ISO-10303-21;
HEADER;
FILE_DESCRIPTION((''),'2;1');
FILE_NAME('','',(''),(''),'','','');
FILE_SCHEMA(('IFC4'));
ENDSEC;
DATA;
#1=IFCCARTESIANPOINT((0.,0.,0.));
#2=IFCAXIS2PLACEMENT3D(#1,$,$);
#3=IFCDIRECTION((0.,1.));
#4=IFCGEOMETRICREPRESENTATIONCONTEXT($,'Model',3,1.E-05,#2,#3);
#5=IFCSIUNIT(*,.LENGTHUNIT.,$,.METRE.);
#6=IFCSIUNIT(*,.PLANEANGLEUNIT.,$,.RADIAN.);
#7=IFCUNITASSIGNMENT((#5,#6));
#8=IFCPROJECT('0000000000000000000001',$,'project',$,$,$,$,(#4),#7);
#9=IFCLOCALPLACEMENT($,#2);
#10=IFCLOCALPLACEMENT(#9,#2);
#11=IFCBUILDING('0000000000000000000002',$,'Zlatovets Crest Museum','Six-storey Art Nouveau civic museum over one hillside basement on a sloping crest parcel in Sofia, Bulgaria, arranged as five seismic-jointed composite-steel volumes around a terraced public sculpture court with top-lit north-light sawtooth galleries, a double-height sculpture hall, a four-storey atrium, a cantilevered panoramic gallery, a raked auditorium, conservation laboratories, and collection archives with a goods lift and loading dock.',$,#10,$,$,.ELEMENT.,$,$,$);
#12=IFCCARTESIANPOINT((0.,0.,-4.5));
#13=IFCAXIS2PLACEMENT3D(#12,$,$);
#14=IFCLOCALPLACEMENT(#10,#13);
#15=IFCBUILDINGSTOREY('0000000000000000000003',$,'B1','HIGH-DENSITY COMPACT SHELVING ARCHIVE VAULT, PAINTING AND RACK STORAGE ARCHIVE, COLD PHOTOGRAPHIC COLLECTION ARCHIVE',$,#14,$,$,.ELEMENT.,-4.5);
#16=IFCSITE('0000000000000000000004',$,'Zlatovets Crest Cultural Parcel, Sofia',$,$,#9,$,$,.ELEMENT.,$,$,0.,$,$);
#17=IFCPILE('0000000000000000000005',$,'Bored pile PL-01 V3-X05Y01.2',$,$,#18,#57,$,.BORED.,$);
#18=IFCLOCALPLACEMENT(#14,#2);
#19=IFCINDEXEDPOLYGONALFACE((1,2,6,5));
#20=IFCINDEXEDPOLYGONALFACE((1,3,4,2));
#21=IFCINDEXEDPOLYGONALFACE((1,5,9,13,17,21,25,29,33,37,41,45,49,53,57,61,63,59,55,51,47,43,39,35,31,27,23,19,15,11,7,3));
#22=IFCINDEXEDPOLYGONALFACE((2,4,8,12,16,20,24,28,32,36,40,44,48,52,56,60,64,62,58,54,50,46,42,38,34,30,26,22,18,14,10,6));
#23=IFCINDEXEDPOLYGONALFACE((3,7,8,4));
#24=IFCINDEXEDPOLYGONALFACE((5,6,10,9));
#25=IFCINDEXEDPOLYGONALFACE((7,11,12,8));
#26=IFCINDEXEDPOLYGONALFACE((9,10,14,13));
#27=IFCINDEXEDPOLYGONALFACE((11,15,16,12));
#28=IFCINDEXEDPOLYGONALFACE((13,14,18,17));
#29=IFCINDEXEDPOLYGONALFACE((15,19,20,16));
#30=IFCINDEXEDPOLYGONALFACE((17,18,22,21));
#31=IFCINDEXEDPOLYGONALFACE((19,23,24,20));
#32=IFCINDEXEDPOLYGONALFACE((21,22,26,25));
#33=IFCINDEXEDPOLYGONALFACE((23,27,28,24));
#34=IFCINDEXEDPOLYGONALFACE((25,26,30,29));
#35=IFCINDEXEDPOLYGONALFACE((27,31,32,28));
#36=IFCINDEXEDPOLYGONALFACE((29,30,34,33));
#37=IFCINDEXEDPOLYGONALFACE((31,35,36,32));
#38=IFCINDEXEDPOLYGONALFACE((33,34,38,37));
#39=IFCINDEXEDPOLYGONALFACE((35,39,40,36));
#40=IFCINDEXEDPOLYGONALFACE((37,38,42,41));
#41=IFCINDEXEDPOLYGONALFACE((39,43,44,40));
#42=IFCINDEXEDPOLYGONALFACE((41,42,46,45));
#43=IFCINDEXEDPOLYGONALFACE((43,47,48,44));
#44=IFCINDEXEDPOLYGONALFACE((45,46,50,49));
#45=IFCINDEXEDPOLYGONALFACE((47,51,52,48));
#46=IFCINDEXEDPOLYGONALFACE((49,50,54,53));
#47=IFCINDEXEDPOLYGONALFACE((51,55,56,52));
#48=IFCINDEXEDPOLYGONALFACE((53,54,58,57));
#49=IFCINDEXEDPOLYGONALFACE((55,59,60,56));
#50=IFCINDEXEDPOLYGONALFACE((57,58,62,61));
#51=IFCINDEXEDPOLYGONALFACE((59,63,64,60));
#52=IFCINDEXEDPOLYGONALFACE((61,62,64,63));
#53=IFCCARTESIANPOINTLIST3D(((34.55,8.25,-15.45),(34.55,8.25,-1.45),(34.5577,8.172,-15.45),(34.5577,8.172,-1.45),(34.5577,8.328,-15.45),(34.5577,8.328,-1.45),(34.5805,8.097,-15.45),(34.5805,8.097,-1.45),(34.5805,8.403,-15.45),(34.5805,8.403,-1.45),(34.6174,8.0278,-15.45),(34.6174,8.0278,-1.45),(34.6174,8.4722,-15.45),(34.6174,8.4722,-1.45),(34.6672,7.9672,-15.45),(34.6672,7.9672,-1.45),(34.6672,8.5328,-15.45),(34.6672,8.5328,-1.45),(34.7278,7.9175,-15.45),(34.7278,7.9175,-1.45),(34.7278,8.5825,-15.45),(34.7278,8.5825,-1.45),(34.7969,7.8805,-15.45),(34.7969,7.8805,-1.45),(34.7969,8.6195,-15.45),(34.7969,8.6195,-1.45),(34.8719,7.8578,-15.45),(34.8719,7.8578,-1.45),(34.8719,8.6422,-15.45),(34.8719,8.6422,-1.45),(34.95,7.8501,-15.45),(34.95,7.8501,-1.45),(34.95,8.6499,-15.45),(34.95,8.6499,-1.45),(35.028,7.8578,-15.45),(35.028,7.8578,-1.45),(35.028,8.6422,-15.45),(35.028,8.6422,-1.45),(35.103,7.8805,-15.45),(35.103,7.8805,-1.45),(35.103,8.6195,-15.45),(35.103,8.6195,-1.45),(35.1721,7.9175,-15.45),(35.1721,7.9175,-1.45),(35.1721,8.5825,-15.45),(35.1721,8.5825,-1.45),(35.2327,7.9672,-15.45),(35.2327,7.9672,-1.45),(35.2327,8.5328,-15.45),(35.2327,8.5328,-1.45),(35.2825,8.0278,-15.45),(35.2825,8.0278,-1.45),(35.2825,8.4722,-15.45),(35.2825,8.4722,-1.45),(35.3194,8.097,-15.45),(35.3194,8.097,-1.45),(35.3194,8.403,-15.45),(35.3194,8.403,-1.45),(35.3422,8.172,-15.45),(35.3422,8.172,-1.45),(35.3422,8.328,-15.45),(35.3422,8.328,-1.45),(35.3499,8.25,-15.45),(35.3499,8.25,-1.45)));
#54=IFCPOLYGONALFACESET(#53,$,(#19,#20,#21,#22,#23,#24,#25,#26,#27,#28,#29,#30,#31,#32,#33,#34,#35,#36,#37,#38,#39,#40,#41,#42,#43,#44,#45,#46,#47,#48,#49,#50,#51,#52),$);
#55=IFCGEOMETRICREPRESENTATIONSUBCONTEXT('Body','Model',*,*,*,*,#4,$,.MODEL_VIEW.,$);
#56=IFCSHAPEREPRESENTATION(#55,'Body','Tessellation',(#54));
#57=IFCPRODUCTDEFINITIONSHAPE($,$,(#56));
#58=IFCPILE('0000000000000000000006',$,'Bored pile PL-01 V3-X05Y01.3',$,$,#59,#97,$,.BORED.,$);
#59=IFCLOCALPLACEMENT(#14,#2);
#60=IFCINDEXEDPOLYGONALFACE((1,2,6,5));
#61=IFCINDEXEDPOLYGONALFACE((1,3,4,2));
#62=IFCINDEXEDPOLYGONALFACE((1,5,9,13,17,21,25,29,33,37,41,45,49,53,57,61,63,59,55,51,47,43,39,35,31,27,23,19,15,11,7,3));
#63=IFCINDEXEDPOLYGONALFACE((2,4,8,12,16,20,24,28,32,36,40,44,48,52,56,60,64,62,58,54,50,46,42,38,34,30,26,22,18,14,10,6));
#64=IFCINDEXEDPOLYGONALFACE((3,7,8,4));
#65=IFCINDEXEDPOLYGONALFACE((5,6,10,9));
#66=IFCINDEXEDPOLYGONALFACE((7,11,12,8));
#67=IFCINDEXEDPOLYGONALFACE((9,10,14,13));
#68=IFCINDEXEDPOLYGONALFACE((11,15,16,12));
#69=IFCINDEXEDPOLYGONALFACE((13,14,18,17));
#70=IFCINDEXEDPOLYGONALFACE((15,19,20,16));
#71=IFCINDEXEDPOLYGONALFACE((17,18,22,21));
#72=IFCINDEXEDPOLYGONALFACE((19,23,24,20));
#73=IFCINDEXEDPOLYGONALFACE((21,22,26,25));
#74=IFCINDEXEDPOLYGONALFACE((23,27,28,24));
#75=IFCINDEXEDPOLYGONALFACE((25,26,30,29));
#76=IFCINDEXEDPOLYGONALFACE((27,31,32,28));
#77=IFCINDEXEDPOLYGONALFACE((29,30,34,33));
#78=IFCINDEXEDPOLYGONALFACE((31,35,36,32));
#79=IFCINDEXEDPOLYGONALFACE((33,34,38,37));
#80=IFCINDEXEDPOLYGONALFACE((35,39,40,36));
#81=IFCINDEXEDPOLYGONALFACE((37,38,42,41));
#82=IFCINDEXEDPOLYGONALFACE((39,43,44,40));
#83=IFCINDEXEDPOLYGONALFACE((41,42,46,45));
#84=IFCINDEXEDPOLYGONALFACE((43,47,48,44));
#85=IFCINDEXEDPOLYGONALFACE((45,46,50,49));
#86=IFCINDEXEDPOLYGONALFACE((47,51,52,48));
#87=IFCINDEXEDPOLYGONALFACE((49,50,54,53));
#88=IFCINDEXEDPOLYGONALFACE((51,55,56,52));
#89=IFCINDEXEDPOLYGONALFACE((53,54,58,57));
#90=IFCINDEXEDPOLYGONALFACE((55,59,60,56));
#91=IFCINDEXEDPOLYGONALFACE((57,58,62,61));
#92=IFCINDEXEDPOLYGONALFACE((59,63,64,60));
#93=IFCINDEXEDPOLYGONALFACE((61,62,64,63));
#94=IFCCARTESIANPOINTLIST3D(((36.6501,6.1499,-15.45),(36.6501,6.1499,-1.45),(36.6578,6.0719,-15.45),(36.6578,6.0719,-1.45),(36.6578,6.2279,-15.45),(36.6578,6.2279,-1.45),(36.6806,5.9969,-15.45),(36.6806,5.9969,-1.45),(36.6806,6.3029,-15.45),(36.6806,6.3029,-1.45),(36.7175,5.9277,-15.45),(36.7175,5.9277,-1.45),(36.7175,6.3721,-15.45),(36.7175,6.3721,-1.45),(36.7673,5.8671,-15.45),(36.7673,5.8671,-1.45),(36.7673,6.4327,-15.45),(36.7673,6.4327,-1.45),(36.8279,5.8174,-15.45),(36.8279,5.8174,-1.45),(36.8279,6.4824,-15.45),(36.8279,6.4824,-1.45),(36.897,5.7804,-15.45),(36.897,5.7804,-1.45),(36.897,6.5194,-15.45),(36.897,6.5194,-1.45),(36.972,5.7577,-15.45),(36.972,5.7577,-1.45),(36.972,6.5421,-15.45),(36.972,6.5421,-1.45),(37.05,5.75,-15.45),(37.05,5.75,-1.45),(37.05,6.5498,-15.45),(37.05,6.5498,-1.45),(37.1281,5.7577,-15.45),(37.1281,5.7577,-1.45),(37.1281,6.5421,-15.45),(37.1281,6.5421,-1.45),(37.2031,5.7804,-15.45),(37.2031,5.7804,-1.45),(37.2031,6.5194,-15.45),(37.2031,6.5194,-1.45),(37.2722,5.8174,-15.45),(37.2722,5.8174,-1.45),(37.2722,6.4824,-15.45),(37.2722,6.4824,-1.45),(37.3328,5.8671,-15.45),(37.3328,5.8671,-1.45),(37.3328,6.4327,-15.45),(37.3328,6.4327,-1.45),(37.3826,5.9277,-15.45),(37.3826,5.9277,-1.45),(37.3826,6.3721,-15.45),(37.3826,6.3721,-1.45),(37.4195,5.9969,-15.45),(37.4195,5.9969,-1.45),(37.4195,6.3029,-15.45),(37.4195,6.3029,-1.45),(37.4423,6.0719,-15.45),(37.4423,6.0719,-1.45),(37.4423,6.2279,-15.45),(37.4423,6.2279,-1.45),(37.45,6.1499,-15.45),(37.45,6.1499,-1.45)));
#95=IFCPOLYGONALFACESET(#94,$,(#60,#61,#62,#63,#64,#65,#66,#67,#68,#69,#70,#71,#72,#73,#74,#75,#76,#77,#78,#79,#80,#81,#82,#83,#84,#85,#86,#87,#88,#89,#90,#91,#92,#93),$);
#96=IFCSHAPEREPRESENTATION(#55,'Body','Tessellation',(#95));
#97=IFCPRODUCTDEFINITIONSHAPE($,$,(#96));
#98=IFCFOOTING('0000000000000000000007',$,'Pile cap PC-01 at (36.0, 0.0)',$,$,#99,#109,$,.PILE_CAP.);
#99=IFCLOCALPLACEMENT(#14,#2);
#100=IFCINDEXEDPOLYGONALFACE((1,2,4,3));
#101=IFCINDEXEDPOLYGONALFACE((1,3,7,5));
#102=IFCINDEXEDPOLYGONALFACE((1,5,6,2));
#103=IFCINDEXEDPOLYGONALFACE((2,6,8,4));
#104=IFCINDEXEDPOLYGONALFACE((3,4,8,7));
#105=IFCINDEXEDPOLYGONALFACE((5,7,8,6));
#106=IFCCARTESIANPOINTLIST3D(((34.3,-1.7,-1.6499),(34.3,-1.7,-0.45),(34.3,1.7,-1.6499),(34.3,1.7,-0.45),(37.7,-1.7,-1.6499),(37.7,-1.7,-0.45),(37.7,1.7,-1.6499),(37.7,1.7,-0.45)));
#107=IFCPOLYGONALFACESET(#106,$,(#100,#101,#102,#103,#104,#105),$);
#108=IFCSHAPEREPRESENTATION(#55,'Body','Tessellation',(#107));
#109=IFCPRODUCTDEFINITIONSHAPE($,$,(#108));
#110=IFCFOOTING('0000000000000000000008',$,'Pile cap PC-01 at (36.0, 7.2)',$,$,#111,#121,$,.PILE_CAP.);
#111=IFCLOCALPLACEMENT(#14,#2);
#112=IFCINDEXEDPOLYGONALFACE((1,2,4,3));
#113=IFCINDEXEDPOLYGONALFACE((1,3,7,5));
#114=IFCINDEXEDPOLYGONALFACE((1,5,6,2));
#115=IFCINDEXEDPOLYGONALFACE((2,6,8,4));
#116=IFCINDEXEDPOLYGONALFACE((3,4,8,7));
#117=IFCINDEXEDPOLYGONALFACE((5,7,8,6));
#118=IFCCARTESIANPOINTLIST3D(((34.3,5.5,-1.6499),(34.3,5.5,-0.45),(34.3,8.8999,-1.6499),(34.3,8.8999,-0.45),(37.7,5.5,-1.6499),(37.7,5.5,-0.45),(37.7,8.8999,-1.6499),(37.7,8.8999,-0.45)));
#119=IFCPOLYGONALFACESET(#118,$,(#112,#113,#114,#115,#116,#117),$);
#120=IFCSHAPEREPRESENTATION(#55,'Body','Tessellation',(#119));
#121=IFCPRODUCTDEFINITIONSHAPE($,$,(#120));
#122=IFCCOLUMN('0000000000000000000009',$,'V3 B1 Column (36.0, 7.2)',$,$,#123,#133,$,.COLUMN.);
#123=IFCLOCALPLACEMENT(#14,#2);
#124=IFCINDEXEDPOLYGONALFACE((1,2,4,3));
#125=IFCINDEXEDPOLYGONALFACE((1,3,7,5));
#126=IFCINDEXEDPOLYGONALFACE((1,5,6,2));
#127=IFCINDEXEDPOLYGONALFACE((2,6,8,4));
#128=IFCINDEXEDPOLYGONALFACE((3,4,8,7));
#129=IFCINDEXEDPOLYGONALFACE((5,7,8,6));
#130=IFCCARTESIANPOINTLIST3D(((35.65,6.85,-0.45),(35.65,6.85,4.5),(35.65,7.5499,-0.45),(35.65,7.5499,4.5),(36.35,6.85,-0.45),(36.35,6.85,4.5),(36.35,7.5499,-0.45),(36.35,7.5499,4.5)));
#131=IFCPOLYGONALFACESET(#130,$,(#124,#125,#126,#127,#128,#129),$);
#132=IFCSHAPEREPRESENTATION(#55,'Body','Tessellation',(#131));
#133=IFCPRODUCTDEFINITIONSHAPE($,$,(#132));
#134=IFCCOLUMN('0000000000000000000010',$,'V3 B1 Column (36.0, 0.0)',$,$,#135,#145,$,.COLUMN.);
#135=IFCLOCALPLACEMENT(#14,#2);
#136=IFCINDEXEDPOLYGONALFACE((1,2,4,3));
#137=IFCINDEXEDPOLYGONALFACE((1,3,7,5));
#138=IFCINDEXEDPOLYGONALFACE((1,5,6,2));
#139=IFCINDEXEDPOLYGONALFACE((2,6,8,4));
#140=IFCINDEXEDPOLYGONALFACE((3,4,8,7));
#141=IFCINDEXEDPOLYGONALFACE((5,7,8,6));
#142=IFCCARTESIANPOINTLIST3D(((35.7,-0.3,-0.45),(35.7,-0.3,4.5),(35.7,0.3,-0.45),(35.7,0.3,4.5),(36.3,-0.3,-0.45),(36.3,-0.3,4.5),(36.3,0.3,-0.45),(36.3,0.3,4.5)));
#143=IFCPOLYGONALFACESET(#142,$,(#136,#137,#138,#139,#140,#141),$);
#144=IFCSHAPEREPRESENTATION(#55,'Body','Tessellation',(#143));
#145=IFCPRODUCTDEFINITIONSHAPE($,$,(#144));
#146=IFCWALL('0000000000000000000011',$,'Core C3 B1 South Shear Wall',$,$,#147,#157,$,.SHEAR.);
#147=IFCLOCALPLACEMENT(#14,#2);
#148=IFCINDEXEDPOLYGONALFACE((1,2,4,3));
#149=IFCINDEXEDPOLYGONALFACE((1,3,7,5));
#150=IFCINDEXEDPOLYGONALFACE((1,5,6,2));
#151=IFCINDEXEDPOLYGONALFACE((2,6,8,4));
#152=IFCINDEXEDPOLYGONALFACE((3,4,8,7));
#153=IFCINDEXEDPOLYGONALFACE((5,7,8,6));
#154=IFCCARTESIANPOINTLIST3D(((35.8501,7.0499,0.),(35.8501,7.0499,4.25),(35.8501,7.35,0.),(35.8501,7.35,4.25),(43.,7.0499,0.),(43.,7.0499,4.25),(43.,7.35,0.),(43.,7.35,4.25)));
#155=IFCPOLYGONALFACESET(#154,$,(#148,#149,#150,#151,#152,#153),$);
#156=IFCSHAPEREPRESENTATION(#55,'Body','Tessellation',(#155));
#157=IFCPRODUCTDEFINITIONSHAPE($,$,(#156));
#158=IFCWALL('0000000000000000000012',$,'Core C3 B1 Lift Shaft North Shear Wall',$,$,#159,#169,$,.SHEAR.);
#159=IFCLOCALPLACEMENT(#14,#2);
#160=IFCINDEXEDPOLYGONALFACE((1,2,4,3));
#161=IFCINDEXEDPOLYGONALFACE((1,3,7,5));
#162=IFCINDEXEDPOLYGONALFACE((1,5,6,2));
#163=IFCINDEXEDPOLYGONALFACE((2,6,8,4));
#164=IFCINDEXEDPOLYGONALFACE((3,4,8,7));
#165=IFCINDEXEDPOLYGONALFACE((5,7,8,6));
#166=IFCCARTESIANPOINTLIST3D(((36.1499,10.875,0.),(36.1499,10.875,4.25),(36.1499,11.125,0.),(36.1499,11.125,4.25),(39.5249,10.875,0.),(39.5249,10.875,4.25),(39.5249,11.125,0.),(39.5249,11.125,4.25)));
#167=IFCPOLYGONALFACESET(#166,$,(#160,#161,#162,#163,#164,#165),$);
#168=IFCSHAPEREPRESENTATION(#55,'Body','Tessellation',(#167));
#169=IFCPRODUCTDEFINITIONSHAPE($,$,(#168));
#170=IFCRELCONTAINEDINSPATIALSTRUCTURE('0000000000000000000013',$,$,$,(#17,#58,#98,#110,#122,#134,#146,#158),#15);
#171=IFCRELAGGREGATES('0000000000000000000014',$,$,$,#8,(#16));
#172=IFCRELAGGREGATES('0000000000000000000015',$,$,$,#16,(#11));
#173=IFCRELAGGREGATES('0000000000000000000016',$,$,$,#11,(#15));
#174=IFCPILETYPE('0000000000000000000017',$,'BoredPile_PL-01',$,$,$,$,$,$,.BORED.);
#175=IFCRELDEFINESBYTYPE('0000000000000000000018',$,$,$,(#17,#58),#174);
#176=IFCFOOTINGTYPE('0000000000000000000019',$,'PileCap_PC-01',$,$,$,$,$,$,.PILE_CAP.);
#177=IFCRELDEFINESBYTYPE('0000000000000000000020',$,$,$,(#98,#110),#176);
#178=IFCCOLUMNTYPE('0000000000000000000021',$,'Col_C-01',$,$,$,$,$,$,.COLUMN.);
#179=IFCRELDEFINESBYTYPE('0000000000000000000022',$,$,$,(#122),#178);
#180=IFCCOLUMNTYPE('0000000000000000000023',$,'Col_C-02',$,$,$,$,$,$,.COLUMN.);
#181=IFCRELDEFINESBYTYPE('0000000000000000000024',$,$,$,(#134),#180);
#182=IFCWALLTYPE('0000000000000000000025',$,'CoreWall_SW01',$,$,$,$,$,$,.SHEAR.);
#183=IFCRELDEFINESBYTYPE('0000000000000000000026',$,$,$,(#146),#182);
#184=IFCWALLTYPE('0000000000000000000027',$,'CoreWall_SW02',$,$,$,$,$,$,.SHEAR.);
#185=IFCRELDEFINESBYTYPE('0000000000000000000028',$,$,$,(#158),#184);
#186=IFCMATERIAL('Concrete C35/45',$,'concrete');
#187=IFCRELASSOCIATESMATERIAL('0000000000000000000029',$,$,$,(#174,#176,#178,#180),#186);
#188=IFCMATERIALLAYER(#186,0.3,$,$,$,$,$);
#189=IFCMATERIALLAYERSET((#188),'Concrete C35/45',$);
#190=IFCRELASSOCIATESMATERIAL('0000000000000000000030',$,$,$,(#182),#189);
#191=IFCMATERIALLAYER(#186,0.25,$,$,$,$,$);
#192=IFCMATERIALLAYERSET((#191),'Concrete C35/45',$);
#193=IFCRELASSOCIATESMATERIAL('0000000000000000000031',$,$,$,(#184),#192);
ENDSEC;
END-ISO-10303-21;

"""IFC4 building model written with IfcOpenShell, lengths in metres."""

from ifc_helpers import new_model, si_unit, direction, frame, frame_2d, origin, origin_2d, place, context, subcontext, project, spatial, rectangle, circle, extrude, material, layer, layer_set, material_profile, profile_set, type_object, element, save


model = new_model("IFC4")

# Units and contexts
model_context = context("Model", 3, precision=1e-05, world=origin(), true_north=direction((0.0, 1.0)))
body_context = subcontext(model_context, "Body", "Model", "MODEL_VIEW")
ifc_project = project(units=[si_unit("LENGTHUNIT", "METRE"), si_unit("PLANEANGLEUNIT", "RADIAN")], contexts=[model_context])

# Site, building, storey
site_placement = place(None, origin())
site = spatial("IfcSite", under=ifc_project, at=site_placement, Name="Zlatovets Crest Cultural Parcel, Sofia", CompositionType="ELEMENT", RefElevation=0.0)
building_placement = place(site_placement, origin())
building = spatial("IfcBuilding", under=site, at=building_placement, Name="Zlatovets Crest Museum", Description="Six-storey Art Nouveau civic museum over one hillside basement on a sloping crest parcel in Sofia, Bulgaria, arranged as five seismic-jointed composite-steel volumes around a terraced public sculpture court with top-lit north-light sawtooth galleries, a double-height sculpture hall, a four-storey atrium, a cantilevered panoramic gallery, a raked auditorium, conservation laboratories, and collection archives with a goods lift and loading dock.", CompositionType="ELEMENT")
storey_placement = place(building_placement, frame((0.0, 0.0, -4.5)))
storey = spatial("IfcBuildingStorey", under=building, at=storey_placement, Name="B1", Description="HIGH-DENSITY COMPACT SHELVING ARCHIVE VAULT, PAINTING AND RACK STORAGE ARCHIVE, COLD PHOTOGRAPHIC COLLECTION ARCHIVE", CompositionType="ELEMENT", Elevation=-4.5)

# Piles
ifc_material_1 = material(Name="Concrete C35/45", Category="concrete")
ifc_material_profile_1 = material_profile(ifc_material_1, circle(Radius=0.3999, at=origin_2d()), Name="PILE D800")
ifc_profile_set_1 = profile_set([ifc_material_profile_1], Name="Concrete C35/45")
pile_type = type_object("IfcPileType", Name="BoredPile_PL-01", PredefinedType="BORED", material=ifc_profile_set_1)
for number, where, z_axis, x_axis, name in (
    (1, (34.95, 8.25, -1.45), (0.0, 0.0, -1.0), (1.0, 0.0, 0.0), "Bored pile PL-01 V3-X05Y01.2"),
    (2, (37.05, 6.1499, -1.45), (0.0, 0.0, -1.0), (1.0, 0.0, 0.0), "Bored pile PL-01 V3-X05Y01.3"),
):
    element("IfcPile", number, at=place(storey_placement, frame(where, z_axis=z_axis, x_axis=x_axis)), inside=storey, type_object=pile_type, Name=name, PredefinedType="BORED", context=body_context, shape_type="SweptSolid", body=[
        extrude(circle(Radius=0.3999, at=origin_2d()), origin(), (0.0, 0.0, 1.0), 14.0),
    ])

# Footings
footing_type = type_object("IfcFootingType", Name="PileCap_PC-01", PredefinedType="PILE_CAP", material=ifc_material_1)
for number, where, z_axis, x_axis, name in (
    (3, (36.0, 0.0, -1.6499), (0.0, 0.0, 1.0), (1.0, 0.0, 0.0), "Pile cap PC-01 at (36.0, 0.0)"),
    (4, (36.0, 7.2, -1.6499), (0.0, 0.0, 1.0), (1.0, 0.0, 0.0), "Pile cap PC-01 at (36.0, 7.2)"),
):
    element("IfcFooting", number, at=place(storey_placement, frame(where, z_axis=z_axis, x_axis=x_axis)), inside=storey, type_object=footing_type, Name=name, PredefinedType="PILE_CAP", context=body_context, shape_type="SweptSolid", body=[
        extrude(rectangle(XDim=3.3999, YDim=3.3999, at=origin_2d()), origin(), (0.0, 0.0, 1.0), 1.2),
    ])

# Columns
ifc_material_profile_2 = material_profile(ifc_material_1, rectangle(XDim=0.7, YDim=0.7, at=origin_2d()), Name="RC 700x700")
ifc_profile_set_2 = profile_set([ifc_material_profile_2], Name="Concrete C35/45")
column_type_1 = type_object("IfcColumnType", Name="Col_C-01", PredefinedType="COLUMN", material=ifc_profile_set_2)
column_1_placement = place(storey_placement, frame((36.0, 7.2, -0.45), z_axis=(0.0, 0.0, 1.0), x_axis=(1.0, 0.0, 0.0)))
element("IfcColumn", 5, at=column_1_placement, inside=storey, type_object=column_type_1, Name="V3 B1 Column (36.0, 7.2)", PredefinedType="COLUMN", context=body_context, shape_type="SweptSolid", body=[
    extrude(rectangle(XDim=0.7, YDim=0.7, at=origin_2d()), origin(), (0.0, 0.0, 1.0), 4.95),
])
ifc_material_profile_3 = material_profile(ifc_material_1, rectangle(XDim=0.6001, YDim=0.6001, at=origin_2d()), Name="RC 600x600")
ifc_profile_set_3 = profile_set([ifc_material_profile_3], Name="Concrete C35/45")
column_type_2 = type_object("IfcColumnType", Name="Col_C-02", PredefinedType="COLUMN", material=ifc_profile_set_3)
column_2_placement = place(storey_placement, frame((36.0, 0.0, -0.45), z_axis=(0.0, 0.0, 1.0), x_axis=(0.0, 1.0, 0.0)))
element("IfcColumn", 6, at=column_2_placement, inside=storey, type_object=column_type_2, Name="V3 B1 Column (36.0, 0.0)", PredefinedType="COLUMN", context=body_context, shape_type="SweptSolid", body=[
    extrude(rectangle(XDim=0.6001, YDim=0.6001, at=origin_2d()), origin(), (0.0, 0.0, 1.0), 4.95),
])

# Wall
ifc_layer_1 = layer(ifc_material_1, 0.3)
ifc_layer_set_1 = layer_set([ifc_layer_1], Name="Concrete C35/45")
wall_type_1 = type_object("IfcWallType", Name="CoreWall_SW01", PredefinedType="SHEAR", material=ifc_layer_set_1)
wall_1_placement = place(storey_placement, frame((35.8501, 7.2, 0.0), z_axis=(0.0, 0.0, 1.0), x_axis=(1.0, 0.0, 0.0)))
element("IfcWall", 7, at=wall_1_placement, inside=storey, type_object=wall_type_1, Name="Core C3 B1 South Shear Wall", PredefinedType="SHEAR", context=body_context, shape_type="SweptSolid", body=[
    extrude(rectangle(XDim=7.1499, YDim=0.3, at=frame_2d((3.575, 0.0))), origin(), (0.0, 0.0, 1.0), 4.25),
])

# Wall
ifc_layer_2 = layer(ifc_material_1, 0.25)
ifc_layer_set_2 = layer_set([ifc_layer_2], Name="Concrete C35/45")
wall_type_2 = type_object("IfcWallType", Name="CoreWall_SW02", PredefinedType="SHEAR", material=ifc_layer_set_2)
wall_2_placement = place(storey_placement, frame((36.1499, 11.0, 0.0), z_axis=(0.0, 0.0, 1.0), x_axis=(1.0, 0.0, 0.0)))
element("IfcWall", 8, at=wall_2_placement, inside=storey, type_object=wall_type_2, Name="Core C3 B1 Lift Shaft North Shear Wall", PredefinedType="SHEAR", context=body_context, shape_type="SweptSolid", body=[
    extrude(rectangle(XDim=3.375, YDim=0.25, at=frame_2d((1.6875, 0.0))), origin(), (0.0, 0.0, 1.0), 4.25),
])

save(model, "model.ifc")
